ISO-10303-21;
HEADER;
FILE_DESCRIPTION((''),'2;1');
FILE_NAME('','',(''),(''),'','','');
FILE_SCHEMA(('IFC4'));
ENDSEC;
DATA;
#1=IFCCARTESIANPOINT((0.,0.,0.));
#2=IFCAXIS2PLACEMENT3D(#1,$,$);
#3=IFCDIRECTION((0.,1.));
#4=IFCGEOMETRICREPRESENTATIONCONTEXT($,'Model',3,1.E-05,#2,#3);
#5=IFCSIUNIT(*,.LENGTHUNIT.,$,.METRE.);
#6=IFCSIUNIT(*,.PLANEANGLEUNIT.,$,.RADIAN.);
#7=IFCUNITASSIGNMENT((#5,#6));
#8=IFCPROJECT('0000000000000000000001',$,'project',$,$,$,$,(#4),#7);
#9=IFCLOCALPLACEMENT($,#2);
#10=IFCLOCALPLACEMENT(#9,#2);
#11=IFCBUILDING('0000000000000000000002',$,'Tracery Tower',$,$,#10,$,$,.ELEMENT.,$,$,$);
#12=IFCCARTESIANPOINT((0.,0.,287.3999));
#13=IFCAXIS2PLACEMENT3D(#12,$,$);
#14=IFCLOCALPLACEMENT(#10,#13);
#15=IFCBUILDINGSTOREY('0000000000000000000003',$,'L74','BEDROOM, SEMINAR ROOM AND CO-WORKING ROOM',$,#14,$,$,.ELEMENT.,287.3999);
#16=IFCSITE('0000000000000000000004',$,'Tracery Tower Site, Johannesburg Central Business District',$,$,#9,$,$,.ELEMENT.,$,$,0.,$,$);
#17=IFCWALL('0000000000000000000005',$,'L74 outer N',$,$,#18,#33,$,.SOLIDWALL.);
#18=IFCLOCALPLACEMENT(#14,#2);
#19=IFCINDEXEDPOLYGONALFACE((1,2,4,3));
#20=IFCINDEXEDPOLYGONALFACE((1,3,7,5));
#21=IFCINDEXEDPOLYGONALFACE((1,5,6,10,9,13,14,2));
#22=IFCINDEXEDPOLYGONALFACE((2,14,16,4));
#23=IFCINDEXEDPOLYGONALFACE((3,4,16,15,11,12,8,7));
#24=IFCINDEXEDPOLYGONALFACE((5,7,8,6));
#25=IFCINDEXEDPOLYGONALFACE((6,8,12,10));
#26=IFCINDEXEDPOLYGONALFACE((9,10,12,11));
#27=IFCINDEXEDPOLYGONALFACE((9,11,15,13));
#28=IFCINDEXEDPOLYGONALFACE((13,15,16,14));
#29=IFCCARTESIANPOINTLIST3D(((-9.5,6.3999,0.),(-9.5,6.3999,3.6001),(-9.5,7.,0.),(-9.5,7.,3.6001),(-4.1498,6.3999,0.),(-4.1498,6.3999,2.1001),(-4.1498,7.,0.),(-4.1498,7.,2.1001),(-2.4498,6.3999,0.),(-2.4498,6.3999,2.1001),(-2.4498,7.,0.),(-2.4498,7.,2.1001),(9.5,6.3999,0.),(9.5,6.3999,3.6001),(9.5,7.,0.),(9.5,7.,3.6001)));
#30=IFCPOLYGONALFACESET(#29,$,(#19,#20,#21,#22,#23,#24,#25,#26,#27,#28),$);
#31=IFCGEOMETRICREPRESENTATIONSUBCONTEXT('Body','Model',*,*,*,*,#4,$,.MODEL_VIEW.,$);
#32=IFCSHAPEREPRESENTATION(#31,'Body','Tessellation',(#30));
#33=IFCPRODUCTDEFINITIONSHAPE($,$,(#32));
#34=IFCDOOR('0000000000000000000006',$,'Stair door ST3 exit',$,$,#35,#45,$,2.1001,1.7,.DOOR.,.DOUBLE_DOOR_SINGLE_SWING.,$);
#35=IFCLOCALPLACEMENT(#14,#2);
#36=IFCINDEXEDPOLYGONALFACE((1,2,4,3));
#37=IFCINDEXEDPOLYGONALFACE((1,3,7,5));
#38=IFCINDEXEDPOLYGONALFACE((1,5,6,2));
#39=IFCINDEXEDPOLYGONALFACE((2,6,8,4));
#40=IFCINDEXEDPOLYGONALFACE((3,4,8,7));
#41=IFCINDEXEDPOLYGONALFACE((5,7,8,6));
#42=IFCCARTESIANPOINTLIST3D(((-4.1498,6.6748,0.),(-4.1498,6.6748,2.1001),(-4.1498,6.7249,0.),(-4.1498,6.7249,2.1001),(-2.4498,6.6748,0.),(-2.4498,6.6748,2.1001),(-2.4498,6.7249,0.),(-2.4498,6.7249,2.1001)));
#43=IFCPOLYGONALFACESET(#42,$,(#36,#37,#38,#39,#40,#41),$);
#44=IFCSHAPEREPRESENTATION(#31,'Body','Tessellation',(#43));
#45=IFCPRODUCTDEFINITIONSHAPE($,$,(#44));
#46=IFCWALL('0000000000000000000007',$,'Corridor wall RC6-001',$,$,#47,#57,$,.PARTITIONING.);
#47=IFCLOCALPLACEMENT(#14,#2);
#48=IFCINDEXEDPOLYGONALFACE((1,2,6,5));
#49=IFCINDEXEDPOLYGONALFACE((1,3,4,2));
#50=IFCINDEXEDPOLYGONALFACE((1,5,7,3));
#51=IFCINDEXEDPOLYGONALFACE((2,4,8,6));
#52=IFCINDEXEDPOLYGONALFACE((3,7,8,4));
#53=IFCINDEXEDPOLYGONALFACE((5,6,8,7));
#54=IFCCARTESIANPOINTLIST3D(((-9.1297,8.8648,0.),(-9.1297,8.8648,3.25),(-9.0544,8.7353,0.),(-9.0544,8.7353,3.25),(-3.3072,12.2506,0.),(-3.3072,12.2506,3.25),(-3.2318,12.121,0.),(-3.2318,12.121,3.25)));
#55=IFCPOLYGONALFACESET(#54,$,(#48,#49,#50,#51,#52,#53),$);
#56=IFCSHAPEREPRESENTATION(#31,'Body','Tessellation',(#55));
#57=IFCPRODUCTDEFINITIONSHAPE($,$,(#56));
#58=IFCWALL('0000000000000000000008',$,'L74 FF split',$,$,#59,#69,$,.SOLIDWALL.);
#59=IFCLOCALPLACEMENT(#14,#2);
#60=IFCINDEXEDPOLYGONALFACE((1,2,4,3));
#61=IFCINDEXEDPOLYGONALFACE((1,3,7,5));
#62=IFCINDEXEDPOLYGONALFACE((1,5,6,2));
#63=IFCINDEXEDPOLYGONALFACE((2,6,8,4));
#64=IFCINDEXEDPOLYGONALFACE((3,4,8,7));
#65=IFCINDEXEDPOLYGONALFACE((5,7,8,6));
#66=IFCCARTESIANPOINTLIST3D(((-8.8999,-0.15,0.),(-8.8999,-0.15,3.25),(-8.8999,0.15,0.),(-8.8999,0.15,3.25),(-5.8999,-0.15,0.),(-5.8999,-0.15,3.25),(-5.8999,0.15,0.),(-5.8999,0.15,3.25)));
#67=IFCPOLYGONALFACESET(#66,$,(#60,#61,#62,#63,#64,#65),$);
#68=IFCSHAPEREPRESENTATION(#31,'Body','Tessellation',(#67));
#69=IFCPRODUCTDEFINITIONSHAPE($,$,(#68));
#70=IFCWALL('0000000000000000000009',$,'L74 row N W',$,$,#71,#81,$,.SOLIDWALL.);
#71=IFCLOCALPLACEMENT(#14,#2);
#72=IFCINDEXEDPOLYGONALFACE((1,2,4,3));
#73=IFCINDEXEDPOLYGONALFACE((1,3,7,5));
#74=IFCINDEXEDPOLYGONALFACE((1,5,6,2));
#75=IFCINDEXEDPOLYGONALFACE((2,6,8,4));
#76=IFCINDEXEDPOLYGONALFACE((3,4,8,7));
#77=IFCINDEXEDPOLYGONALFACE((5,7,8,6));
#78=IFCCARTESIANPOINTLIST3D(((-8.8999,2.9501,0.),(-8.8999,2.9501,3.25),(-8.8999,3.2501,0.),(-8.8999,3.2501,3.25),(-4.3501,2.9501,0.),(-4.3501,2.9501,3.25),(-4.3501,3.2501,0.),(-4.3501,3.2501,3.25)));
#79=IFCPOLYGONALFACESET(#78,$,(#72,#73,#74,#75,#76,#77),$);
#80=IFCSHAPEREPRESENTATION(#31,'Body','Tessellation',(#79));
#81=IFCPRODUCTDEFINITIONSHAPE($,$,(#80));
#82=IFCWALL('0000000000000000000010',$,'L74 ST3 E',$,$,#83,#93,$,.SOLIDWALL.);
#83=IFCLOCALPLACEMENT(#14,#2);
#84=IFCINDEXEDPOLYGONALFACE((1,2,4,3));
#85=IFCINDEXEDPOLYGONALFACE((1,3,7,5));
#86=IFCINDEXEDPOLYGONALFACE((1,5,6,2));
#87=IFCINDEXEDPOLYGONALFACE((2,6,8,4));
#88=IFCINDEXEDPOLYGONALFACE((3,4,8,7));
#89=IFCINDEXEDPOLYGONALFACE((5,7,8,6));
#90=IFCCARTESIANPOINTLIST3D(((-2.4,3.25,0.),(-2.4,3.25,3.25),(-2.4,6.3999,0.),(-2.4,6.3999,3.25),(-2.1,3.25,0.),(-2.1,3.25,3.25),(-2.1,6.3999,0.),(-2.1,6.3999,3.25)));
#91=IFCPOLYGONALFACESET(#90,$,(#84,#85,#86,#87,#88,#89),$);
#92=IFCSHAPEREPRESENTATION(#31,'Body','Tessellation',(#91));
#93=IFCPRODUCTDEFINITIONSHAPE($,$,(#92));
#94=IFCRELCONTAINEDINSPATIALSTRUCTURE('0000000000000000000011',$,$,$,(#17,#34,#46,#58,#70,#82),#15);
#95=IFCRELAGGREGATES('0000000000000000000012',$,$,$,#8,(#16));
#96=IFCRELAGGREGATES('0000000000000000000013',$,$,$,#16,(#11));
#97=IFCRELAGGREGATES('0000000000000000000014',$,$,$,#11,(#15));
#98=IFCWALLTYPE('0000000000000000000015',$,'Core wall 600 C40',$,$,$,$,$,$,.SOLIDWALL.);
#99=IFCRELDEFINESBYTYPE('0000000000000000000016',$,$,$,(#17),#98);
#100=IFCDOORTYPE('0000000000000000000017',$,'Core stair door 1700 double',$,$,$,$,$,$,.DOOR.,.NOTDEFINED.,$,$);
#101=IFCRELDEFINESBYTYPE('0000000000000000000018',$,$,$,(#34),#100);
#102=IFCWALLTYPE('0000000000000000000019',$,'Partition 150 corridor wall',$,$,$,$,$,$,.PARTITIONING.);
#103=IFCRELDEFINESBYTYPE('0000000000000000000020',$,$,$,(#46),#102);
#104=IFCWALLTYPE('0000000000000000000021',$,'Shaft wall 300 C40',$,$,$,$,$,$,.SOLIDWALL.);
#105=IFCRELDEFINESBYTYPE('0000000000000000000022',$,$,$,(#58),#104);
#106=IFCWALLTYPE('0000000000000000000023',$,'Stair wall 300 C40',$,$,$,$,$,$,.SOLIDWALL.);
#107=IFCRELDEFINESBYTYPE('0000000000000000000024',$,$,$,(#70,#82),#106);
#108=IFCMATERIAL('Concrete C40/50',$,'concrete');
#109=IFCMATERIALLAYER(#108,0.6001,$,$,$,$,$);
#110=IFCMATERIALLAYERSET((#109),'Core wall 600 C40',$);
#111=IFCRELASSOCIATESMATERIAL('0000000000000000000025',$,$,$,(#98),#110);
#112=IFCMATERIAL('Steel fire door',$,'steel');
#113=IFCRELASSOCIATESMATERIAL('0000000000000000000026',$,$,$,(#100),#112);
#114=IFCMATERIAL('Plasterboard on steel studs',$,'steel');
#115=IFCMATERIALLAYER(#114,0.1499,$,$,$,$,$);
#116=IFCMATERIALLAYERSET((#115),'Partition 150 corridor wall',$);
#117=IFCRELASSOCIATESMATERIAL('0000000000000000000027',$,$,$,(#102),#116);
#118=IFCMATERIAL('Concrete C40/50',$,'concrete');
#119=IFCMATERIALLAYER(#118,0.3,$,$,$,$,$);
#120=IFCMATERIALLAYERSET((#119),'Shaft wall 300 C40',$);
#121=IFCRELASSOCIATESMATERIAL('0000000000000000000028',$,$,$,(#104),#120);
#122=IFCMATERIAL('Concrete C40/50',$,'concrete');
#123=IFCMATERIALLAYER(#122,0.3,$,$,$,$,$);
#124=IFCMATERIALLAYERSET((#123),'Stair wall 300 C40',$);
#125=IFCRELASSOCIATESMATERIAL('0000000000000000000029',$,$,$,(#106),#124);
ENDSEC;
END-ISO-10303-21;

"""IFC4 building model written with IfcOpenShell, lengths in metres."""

from ifc_helpers import new_model, si_unit, direction, frame, frame_2d, origin, place, context, subcontext, project, spatial, rectangle, extrude, material, layer, layer_set, type_object, element, fill, save


model = new_model("IFC4")

# Units and contexts
model_context = context("Model", 3, precision=1e-05, world=origin(), true_north=direction((0.0, 1.0)))
body_context = subcontext(model_context, "Body", "Model", "MODEL_VIEW")
ifc_project = project(units=[si_unit("LENGTHUNIT", "METRE"), si_unit("PLANEANGLEUNIT", "RADIAN")], contexts=[model_context])

# Site, building, storey
site_placement = place(None, origin())
site = spatial("IfcSite", under=ifc_project, at=site_placement, Name="Tracery Tower Site, Johannesburg Central Business District", CompositionType="ELEMENT", RefElevation=0.0)
building_placement = place(site_placement, origin())
building = spatial("IfcBuilding", under=site, at=building_placement, Name="Tracery Tower", CompositionType="ELEMENT")
storey_placement = place(building_placement, frame((0.0, 0.0, 287.3999)))
storey = spatial("IfcBuildingStorey", under=building, at=storey_placement, Name="L74", Description="BEDROOM, SEMINAR ROOM AND CO-WORKING ROOM", CompositionType="ELEMENT", Elevation=287.3999)

# Wall, opening, door
ifc_material_1 = material(Name="Concrete C40/50", Category="concrete")
ifc_layer_1 = layer(ifc_material_1, 0.6001)
ifc_layer_set_1 = layer_set([ifc_layer_1], Name="Core wall 600 C40")
wall_type_1 = type_object("IfcWallType", Name="Core wall 600 C40", PredefinedType="SOLIDWALL", material=ifc_layer_set_1)
wall_1_placement = place(storey_placement, frame((-9.5, 6.7, 0.0), z_axis=(0.0, 0.0, 1.0), x_axis=(1.0, 0.0, 0.0)))
wall_1 = element("IfcWall", 1, at=wall_1_placement, inside=storey, type_object=wall_type_1, Name="L74 outer N", PredefinedType="SOLIDWALL", context=body_context, shape_type="SweptSolid", body=[
    extrude(rectangle(XDim=19.0, YDim=0.6001, at=frame_2d((9.5, 0.0))), origin(), (0.0, 0.0, 1.0), 3.6001),
])
opening_1_placement = place(wall_1_placement, frame((5.3501, 0.0, 0.0)))
opening_1 = element("IfcOpeningElement", 2, at=opening_1_placement, cuts=wall_1, PredefinedType="OPENING", context=body_context, shape_type="SweptSolid", body=[
    extrude(rectangle(XDim=1.7, YDim=2.1001, at=frame_2d((0.8501, 1.05))), frame((0.0, 0.3, 0.0), z_axis=(0.0, -1.0, 0.0), x_axis=(1.0, 0.0, 0.0)), (0.0, 0.0, 1.0), 0.6001),
])
ifc_material_2 = material(Name="Steel fire door", Category="steel")
door_type_1 = type_object("IfcDoorType", Name="Core stair door 1700 double", OperationType="NOTDEFINED", PredefinedType="DOOR", material=ifc_material_2)
door_1_placement = place(opening_1_placement, origin())
door_1 = element("IfcDoor", 3, at=door_1_placement, inside=storey, type_object=door_type_1, Name="Stair door ST3 exit", OperationType="DOUBLE_DOOR_SINGLE_SWING", OverallHeight=2.1001, OverallWidth=1.7, PredefinedType="DOOR", context=body_context, shape_type="SweptSolid", body=[
    extrude(rectangle(XDim=1.7, YDim=2.1001, at=frame_2d((0.8501, 1.05))), frame((0.0, 0.0249, 0.0), z_axis=(0.0, -1.0, 0.0), x_axis=(1.0, 0.0, 0.0)), (0.0, 0.0, 1.0), 0.05),
])
fill(opening_1, door_1)

# Walls
ifc_material_3 = material(Name="Plasterboard on steel studs", Category="steel")
ifc_layer_2 = layer(ifc_material_3, 0.1499)
ifc_layer_set_2 = layer_set([ifc_layer_2], Name="Partition 150 corridor wall")
wall_type_2 = type_object("IfcWallType", Name="Partition 150 corridor wall", PredefinedType="PARTITIONING", material=ifc_layer_set_2)
wall_2_placement = place(storey_placement, frame((-9.092, 8.8, 0.0), z_axis=(0.0, 0.0, 1.0), x_axis=(0.864471, 0.502683, 0.0)))
element("IfcWall", 4, at=wall_2_placement, inside=storey, type_object=wall_type_2, Name="Corridor wall RC6-001", PredefinedType="PARTITIONING", context=body_context, shape_type="SweptSolid", body=[
    extrude(rectangle(XDim=6.7354, YDim=0.1499, at=frame_2d((3.3677, 0.0))), origin(), (0.0, 0.0, 1.0), 3.25),
])
ifc_material_4 = material(Name="Concrete C40/50", Category="concrete")
ifc_layer_3 = layer(ifc_material_4, 0.3)
ifc_layer_set_3 = layer_set([ifc_layer_3], Name="Shaft wall 300 C40")
wall_type_3 = type_object("IfcWallType", Name="Shaft wall 300 C40", PredefinedType="SOLIDWALL", material=ifc_layer_set_3)
wall_3_placement = place(storey_placement, frame((-8.8999, 0.0, 0.0), z_axis=(0.0, 0.0, 1.0), x_axis=(1.0, 0.0, 0.0)))
element("IfcWall", 5, at=wall_3_placement, inside=storey, type_object=wall_type_3, Name="L74 FF split", PredefinedType="SOLIDWALL", context=body_context, shape_type="SweptSolid", body=[
    extrude(rectangle(XDim=3.0, YDim=0.3, at=frame_2d((1.5, 0.0))), origin(), (0.0, 0.0, 1.0), 3.25),
])
ifc_material_5 = material(Name="Concrete C40/50", Category="concrete")
ifc_layer_4 = layer(ifc_material_5, 0.3)
ifc_layer_set_4 = layer_set([ifc_layer_4], Name="Stair wall 300 C40")
wall_type_4 = type_object("IfcWallType", Name="Stair wall 300 C40", PredefinedType="SOLIDWALL", material=ifc_layer_set_4)
wall_4_placement = place(storey_placement, frame((-8.8999, 3.1001, 0.0), z_axis=(0.0, 0.0, 1.0), x_axis=(1.0, 0.0, 0.0)))
element("IfcWall", 6, at=wall_4_placement, inside=storey, type_object=wall_type_4, Name="L74 row N W", PredefinedType="SOLIDWALL", context=body_context, shape_type="SweptSolid", body=[
    extrude(rectangle(XDim=4.5498, YDim=0.3, at=frame_2d((2.2749, 0.0))), origin(), (0.0, 0.0, 1.0), 3.25),
])

# Wall
wall_5_placement = place(storey_placement, frame((-2.25, 3.25, 0.0), z_axis=(0.0, 0.0, 1.0), x_axis=(0.0, 1.0, 0.0)))
element("IfcWall", 7, at=wall_5_placement, inside=storey, type_object=wall_type_4, Name="L74 ST3 E", PredefinedType="SOLIDWALL", context=body_context, shape_type="SweptSolid", body=[
    extrude(rectangle(XDim=3.1499, YDim=0.3, at=frame_2d((1.575, 0.0))), origin(), (0.0, 0.0, 1.0), 3.25),
])

save(model, "model.ifc")
